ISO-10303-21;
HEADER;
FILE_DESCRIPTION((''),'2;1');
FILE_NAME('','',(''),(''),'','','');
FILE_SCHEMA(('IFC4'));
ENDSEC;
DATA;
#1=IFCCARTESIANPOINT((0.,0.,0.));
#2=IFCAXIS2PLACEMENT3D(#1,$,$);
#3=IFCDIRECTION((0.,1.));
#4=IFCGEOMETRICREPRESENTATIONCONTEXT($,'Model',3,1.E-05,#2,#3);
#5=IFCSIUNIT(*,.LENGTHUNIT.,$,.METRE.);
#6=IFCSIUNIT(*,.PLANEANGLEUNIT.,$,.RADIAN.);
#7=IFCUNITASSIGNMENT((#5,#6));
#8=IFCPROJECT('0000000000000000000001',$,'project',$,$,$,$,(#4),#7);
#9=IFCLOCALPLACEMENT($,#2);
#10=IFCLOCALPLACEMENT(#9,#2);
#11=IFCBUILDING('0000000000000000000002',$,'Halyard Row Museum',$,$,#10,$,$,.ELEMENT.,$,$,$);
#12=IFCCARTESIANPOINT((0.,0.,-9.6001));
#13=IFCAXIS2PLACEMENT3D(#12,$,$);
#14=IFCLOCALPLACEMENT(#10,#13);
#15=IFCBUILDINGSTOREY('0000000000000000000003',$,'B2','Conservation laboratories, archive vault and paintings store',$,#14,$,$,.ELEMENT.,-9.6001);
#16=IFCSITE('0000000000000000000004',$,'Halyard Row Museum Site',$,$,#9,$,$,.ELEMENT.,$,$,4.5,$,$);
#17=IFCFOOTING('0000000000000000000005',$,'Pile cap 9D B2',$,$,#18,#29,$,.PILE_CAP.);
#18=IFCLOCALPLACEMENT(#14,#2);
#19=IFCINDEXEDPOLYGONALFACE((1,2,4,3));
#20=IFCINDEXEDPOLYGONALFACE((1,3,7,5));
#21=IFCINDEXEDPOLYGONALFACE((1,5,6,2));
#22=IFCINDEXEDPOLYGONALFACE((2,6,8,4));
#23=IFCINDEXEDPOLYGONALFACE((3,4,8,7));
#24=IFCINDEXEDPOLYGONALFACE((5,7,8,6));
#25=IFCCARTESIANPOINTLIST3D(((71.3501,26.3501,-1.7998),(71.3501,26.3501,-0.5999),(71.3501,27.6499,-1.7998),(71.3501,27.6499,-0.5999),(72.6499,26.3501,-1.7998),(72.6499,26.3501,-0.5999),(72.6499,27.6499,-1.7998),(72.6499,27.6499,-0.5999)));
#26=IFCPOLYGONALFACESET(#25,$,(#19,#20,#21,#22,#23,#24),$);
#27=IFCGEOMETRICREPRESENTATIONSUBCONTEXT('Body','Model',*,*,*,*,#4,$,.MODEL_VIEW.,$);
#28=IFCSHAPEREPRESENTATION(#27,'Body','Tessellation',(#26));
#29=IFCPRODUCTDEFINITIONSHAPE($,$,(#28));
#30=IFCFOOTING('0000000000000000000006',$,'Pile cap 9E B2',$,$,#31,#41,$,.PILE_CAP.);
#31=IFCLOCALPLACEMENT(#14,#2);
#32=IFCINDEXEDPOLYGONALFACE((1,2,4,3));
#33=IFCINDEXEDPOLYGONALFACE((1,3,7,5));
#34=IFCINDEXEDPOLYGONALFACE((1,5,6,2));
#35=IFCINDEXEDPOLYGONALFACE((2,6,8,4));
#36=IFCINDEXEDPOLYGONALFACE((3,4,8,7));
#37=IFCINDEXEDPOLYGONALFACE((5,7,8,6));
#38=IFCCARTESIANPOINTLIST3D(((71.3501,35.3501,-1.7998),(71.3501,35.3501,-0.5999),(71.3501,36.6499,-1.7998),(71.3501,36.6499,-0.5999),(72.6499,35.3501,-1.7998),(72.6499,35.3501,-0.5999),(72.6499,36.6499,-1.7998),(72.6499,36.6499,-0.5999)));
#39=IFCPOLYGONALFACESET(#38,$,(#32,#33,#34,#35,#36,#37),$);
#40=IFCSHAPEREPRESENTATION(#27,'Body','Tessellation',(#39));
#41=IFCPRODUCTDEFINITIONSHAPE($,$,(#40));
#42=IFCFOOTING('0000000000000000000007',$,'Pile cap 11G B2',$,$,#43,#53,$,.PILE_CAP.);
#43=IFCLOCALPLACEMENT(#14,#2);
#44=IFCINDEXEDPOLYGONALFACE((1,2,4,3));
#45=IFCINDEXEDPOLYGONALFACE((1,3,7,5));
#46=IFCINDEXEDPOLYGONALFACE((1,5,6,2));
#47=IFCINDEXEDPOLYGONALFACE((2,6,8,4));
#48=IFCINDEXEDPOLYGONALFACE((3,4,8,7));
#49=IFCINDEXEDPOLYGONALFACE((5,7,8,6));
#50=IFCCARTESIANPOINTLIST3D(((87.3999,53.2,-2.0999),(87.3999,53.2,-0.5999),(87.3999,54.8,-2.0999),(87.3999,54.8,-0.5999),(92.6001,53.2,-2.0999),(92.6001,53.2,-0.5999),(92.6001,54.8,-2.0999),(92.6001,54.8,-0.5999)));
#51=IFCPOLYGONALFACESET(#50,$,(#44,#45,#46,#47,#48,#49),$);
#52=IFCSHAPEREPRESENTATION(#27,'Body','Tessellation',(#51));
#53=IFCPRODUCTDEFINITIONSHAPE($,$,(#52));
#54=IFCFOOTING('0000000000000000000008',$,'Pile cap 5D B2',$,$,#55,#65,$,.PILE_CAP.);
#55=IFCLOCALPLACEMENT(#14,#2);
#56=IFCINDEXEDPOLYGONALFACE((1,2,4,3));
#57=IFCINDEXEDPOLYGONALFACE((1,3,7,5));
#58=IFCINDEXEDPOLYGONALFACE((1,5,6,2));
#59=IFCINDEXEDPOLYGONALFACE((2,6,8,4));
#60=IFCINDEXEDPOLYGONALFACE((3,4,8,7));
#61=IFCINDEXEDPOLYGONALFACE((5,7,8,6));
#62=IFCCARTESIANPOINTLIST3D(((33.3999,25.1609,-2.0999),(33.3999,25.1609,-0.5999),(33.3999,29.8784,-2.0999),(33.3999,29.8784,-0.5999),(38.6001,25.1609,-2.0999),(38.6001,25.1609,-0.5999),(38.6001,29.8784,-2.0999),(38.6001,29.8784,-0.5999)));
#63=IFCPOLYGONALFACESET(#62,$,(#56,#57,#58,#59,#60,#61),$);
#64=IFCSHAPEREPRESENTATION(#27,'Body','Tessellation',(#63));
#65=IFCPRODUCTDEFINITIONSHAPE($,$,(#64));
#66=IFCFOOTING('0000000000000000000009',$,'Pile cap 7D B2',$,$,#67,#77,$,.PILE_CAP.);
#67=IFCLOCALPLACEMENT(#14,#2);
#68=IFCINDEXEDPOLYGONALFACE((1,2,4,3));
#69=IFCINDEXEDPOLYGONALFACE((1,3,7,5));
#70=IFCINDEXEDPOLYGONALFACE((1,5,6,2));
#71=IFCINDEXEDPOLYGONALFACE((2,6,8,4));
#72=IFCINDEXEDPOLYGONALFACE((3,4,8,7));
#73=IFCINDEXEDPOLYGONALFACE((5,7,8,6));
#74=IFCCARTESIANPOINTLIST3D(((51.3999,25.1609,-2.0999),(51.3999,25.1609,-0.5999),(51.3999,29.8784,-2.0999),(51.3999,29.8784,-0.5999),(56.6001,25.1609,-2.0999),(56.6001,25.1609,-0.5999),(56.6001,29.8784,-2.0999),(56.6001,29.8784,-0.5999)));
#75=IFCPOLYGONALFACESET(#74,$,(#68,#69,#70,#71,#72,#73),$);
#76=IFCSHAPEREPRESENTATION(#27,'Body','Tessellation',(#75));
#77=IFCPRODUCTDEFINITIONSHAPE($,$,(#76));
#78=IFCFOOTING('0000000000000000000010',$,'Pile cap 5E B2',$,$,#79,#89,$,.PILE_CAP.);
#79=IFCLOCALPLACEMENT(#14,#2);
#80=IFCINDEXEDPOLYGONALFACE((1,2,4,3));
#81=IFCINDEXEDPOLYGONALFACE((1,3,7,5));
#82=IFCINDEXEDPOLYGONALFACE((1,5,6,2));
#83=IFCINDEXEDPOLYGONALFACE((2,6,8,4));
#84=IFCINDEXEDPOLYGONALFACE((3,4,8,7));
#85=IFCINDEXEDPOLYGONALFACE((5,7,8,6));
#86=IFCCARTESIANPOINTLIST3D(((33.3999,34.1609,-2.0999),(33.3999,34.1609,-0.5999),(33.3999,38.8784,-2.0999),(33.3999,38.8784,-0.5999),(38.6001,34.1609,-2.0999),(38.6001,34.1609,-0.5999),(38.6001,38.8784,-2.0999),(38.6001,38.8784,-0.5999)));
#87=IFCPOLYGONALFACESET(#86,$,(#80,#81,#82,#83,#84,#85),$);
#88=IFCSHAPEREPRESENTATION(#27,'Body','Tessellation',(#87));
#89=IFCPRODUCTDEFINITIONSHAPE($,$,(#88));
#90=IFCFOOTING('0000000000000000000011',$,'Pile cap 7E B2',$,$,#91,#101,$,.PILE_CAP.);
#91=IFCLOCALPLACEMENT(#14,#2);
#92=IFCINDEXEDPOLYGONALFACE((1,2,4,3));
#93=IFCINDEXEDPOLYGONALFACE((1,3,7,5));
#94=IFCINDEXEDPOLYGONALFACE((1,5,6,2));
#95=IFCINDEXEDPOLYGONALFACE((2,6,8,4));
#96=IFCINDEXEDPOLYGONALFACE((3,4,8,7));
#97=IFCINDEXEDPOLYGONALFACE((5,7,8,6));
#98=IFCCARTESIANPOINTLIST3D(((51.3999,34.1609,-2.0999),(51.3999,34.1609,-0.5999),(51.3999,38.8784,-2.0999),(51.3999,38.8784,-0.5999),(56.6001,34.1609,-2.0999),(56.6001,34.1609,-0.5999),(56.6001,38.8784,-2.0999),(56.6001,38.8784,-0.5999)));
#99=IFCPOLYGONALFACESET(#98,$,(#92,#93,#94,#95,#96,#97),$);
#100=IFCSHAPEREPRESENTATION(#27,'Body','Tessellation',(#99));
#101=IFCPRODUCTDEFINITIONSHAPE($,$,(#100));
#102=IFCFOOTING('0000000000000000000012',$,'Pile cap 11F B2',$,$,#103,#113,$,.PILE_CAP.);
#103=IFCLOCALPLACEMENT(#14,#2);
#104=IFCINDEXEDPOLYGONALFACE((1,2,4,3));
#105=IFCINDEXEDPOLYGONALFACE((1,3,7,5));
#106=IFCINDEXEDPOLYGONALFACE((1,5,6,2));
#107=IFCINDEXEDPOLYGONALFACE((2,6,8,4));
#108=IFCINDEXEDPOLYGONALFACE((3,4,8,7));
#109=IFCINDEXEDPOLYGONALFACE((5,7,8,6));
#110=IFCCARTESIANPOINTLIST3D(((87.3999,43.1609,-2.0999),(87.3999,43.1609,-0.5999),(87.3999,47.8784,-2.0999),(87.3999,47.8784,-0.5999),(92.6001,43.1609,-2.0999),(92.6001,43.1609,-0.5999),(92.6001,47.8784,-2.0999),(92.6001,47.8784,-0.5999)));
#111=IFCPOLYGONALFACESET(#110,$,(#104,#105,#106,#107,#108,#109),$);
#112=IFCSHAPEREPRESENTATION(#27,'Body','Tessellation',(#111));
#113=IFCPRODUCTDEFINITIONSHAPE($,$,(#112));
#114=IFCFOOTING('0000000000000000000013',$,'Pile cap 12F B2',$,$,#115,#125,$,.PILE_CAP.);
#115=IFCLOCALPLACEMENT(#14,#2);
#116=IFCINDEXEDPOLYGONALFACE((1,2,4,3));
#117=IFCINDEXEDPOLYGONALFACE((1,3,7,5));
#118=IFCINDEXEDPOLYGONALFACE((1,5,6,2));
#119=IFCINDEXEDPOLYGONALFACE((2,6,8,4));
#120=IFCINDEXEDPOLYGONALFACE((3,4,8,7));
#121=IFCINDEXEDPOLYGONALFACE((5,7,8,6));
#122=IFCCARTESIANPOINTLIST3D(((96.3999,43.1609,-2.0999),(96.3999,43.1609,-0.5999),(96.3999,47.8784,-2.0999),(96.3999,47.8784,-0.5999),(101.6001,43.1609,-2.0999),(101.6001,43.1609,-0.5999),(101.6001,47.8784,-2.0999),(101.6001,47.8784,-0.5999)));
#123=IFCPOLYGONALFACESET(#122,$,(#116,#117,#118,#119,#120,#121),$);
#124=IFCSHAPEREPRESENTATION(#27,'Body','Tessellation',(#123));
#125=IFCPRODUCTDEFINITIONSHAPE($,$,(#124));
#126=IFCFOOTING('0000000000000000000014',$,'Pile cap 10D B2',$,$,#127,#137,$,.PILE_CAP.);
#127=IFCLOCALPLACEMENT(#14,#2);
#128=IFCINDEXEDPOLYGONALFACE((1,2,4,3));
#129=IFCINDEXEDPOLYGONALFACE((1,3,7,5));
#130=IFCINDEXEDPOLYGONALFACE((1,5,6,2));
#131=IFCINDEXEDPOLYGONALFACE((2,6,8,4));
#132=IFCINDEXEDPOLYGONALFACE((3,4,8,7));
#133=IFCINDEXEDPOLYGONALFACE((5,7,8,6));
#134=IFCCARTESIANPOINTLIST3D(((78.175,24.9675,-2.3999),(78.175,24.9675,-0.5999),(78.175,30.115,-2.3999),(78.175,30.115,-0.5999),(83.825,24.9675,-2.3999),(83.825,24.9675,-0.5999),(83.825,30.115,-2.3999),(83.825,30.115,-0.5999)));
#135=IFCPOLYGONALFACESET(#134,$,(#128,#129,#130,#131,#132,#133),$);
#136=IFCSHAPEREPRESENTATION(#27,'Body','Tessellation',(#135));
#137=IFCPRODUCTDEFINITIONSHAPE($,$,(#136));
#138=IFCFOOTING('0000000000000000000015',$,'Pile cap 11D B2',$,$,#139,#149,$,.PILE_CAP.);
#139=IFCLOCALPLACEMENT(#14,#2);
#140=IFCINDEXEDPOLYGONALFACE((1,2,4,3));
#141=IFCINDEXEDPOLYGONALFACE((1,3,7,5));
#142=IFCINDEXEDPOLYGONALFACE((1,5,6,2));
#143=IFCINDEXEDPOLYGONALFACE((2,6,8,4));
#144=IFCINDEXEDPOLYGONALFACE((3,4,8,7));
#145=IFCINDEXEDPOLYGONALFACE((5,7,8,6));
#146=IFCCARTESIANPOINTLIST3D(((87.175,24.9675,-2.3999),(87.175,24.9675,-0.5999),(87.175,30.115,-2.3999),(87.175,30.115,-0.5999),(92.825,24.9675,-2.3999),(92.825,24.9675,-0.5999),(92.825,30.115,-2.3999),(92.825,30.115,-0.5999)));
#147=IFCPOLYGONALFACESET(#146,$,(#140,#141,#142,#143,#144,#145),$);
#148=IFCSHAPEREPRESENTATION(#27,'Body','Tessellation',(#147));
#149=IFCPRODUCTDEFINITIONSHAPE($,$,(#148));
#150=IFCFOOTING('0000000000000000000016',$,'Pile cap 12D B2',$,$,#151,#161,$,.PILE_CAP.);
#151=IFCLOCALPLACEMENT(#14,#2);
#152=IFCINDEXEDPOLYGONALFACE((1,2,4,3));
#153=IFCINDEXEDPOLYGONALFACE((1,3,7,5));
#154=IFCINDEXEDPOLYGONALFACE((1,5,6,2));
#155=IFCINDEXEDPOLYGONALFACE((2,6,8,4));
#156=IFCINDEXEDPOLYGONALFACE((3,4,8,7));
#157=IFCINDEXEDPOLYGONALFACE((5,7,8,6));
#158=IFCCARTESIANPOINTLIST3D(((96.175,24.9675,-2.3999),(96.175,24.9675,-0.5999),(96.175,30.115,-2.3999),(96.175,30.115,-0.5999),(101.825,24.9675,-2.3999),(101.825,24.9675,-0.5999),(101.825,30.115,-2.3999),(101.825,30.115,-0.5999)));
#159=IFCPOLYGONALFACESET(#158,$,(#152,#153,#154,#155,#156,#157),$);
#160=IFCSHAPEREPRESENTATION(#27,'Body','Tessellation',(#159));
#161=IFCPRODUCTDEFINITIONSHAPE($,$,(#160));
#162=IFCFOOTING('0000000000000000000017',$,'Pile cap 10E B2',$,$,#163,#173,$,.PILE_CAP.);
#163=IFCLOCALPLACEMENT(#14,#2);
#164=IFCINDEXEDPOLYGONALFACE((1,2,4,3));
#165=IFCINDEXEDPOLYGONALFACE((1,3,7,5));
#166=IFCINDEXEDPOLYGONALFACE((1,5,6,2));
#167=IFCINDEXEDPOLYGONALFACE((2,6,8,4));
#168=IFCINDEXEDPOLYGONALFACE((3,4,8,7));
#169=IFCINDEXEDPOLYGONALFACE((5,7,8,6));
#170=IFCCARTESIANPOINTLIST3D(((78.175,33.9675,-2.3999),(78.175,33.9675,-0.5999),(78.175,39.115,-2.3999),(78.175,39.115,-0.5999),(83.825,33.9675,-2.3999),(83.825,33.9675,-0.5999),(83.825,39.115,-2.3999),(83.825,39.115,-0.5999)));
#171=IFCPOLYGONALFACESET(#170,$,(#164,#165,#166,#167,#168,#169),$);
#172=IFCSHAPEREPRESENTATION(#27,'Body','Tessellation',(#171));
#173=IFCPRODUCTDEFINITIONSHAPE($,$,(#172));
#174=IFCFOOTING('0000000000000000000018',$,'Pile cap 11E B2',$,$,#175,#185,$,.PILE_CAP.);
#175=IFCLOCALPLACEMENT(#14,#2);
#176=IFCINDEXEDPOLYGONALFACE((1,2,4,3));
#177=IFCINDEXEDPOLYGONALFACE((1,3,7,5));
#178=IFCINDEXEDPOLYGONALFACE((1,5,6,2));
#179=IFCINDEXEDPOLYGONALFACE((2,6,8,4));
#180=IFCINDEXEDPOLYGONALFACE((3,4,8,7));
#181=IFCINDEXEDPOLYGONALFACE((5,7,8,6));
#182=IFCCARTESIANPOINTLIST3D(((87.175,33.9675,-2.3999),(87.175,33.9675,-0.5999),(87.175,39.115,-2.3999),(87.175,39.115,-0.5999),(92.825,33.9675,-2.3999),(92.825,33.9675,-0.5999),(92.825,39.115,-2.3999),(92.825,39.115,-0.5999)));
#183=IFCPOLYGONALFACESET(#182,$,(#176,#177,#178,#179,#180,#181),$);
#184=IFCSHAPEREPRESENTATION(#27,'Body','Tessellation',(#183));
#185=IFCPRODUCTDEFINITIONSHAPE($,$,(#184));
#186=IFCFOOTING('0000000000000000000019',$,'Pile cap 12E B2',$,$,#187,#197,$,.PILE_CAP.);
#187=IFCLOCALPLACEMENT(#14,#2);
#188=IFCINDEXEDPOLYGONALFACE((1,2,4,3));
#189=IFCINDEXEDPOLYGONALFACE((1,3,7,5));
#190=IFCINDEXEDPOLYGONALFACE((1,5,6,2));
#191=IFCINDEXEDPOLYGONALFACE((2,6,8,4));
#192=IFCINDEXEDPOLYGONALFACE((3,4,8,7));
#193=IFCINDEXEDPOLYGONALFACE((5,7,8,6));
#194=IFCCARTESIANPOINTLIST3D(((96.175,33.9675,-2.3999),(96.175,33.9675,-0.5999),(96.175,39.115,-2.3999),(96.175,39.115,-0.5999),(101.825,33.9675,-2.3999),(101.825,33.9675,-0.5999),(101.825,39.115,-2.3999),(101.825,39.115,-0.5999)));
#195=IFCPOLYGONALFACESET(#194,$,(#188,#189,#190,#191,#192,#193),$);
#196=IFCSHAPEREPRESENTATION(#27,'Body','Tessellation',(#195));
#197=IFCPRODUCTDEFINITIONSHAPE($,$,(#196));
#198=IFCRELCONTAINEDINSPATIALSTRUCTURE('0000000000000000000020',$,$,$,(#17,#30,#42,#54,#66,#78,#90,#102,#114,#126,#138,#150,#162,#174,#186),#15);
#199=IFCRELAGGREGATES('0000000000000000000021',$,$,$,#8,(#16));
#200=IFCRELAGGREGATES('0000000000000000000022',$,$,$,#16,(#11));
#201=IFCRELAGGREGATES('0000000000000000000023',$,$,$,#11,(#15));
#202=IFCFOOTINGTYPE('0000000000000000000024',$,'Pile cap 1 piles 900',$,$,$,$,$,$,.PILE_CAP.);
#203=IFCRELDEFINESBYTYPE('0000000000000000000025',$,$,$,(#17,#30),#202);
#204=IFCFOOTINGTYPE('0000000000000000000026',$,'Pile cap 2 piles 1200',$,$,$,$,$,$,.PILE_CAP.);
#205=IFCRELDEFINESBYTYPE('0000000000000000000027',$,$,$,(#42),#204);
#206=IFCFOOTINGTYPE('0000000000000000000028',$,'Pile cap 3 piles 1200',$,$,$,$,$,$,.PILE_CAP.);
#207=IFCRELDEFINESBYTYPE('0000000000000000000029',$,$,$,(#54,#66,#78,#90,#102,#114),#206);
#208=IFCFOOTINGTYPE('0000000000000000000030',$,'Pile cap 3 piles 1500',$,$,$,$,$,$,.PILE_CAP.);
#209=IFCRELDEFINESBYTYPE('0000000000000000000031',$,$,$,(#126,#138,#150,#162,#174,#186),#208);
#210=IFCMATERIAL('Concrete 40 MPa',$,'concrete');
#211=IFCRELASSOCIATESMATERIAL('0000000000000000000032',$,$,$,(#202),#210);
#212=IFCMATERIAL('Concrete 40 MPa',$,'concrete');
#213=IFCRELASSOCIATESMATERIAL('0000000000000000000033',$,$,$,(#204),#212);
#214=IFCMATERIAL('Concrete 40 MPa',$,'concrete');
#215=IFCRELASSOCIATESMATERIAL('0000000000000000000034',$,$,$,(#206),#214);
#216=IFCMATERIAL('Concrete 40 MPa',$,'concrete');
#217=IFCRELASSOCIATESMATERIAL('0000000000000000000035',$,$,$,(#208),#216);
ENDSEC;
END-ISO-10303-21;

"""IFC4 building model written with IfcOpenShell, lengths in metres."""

from ifc_helpers import new_model, si_unit, direction, frame, origin, place, context, subcontext, project, spatial, polyline, outline, extrude, material, type_object, element, save


model = new_model("IFC4")

# Units and contexts
model_context = context("Model", 3, precision=1e-05, world=origin(), true_north=direction((0.0, 1.0)))
body_context = subcontext(model_context, "Body", "Model", "MODEL_VIEW")
ifc_project = project(units=[si_unit("LENGTHUNIT", "METRE"), si_unit("PLANEANGLEUNIT", "RADIAN")], contexts=[model_context])

# Site, building, storey
site_placement = place(None, origin())
site = spatial("IfcSite", under=ifc_project, at=site_placement, Name="Halyard Row Museum Site", CompositionType="ELEMENT", RefElevation=4.5)
building_placement = place(site_placement, origin())
building = spatial("IfcBuilding", under=site, at=building_placement, Name="Halyard Row Museum", CompositionType="ELEMENT")
storey_placement = place(building_placement, frame((0.0, 0.0, -9.6001)))
storey = spatial("IfcBuildingStorey", under=building, at=storey_placement, Name="B2", Description="Conservation laboratories, archive vault and paintings store", CompositionType="ELEMENT", Elevation=-9.6001)

# Footings
ifc_material_1 = material(Name="Concrete 40 MPa", Category="concrete")
footing_type_1 = type_object("IfcFootingType", Name="Pile cap 1 piles 900", PredefinedType="PILE_CAP", material=ifc_material_1)
footing_1_placement = place(storey_placement, frame((0.0, 0.0, -1.7998)))
element("IfcFooting", 1, at=footing_1_placement, inside=storey, type_object=footing_type_1, Name="Pile cap 9D B2", PredefinedType="PILE_CAP", context=body_context, shape_type="SweptSolid", body=[
    extrude(outline(polyline([(71.3501, 26.3501), (72.6499, 26.3501), (72.6499, 27.6499), (71.3501, 27.6499), (71.3501, 26.3501)])), origin(), (0.0, 0.0, 1.0), 1.2),
])
footing_2_placement = place(storey_placement, frame((0.0, 0.0, -1.7998)))
element("IfcFooting", 2, at=footing_2_placement, inside=storey, type_object=footing_type_1, Name="Pile cap 9E B2", PredefinedType="PILE_CAP", context=body_context, shape_type="SweptSolid", body=[
    extrude(outline(polyline([(71.3501, 35.3501), (72.6499, 35.3501), (72.6499, 36.6499), (71.3501, 36.6499), (71.3501, 35.3501)])), origin(), (0.0, 0.0, 1.0), 1.2),
])
ifc_material_2 = material(Name="Concrete 40 MPa", Category="concrete")
footing_type_2 = type_object("IfcFootingType", Name="Pile cap 2 piles 1200", PredefinedType="PILE_CAP", material=ifc_material_2)
footing_3_placement = place(storey_placement, frame((0.0, 0.0, -2.0999)))
element("IfcFooting", 3, at=footing_3_placement, inside=storey, type_object=footing_type_2, Name="Pile cap 11G B2", PredefinedType="PILE_CAP", context=body_context, shape_type="SweptSolid", body=[
    extrude(outline(polyline([(87.3999, 53.2), (92.6001, 53.2), (92.6001, 54.8), (87.3999, 54.8), (87.3999, 53.2)])), origin(), (0.0, 0.0, 1.0), 1.5),
])
ifc_material_3 = material(Name="Concrete 40 MPa", Category="concrete")
footing_type_3 = type_object("IfcFootingType", Name="Pile cap 3 piles 1200", PredefinedType="PILE_CAP", material=ifc_material_3)
footing_4_placement = place(storey_placement, frame((0.0, 0.0, -2.0999)))
element("IfcFooting", 4, at=footing_4_placement, inside=storey, type_object=footing_type_3, Name="Pile cap 5D B2", PredefinedType="PILE_CAP", context=body_context, shape_type="SweptSolid", body=[
    extrude(outline(polyline([(33.3999, 25.1609), (38.6001, 25.1609), (38.6001, 29.8784), (33.3999, 29.8784), (33.3999, 25.1609)])), origin(), (0.0, 0.0, 1.0), 1.5),
])
footing_5_placement = place(storey_placement, frame((0.0, 0.0, -2.0999)))
element("IfcFooting", 5, at=footing_5_placement, inside=storey, type_object=footing_type_3, Name="Pile cap 7D B2", PredefinedType="PILE_CAP", context=body_context, shape_type="SweptSolid", body=[
    extrude(outline(polyline([(51.3999, 25.1609), (56.6001, 25.1609), (56.6001, 29.8784), (51.3999, 29.8784), (51.3999, 25.1609)])), origin(), (0.0, 0.0, 1.0), 1.5),
])
footing_6_placement = place(storey_placement, frame((0.0, 0.0, -2.0999)))
element("IfcFooting", 6, at=footing_6_placement, inside=storey, type_object=footing_type_3, Name="Pile cap 5E B2", PredefinedType="PILE_CAP", context=body_context, shape_type="SweptSolid", body=[
    extrude(outline(polyline([(33.3999, 34.1609), (38.6001, 34.1609), (38.6001, 38.8784), (33.3999, 38.8784), (33.3999, 34.1609)])), origin(), (0.0, 0.0, 1.0), 1.5),
])
footing_7_placement = place(storey_placement, frame((0.0, 0.0, -2.0999)))
element("IfcFooting", 7, at=footing_7_placement, inside=storey, type_object=footing_type_3, Name="Pile cap 7E B2", PredefinedType="PILE_CAP", context=body_context, shape_type="SweptSolid", body=[
    extrude(outline(polyline([(51.3999, 34.1609), (56.6001, 34.1609), (56.6001, 38.8784), (51.3999, 38.8784), (51.3999, 34.1609)])), origin(), (0.0, 0.0, 1.0), 1.5),
])
footing_8_placement = place(storey_placement, frame((0.0, 0.0, -2.0999)))
element("IfcFooting", 8, at=footing_8_placement, inside=storey, type_object=footing_type_3, Name="Pile cap 11F B2", PredefinedType="PILE_CAP", context=body_context, shape_type="SweptSolid", body=[
    extrude(outline(polyline([(87.3999, 43.1609), (92.6001, 43.1609), (92.6001, 47.8784), (87.3999, 47.8784), (87.3999, 43.1609)])), origin(), (0.0, 0.0, 1.0), 1.5),
])
footing_9_placement = place(storey_placement, frame((0.0, 0.0, -2.0999)))
element("IfcFooting", 9, at=footing_9_placement, inside=storey, type_object=footing_type_3, Name="Pile cap 12F B2", PredefinedType="PILE_CAP", context=body_context, shape_type="SweptSolid", body=[
    extrude(outline(polyline([(96.3999, 43.1609), (101.6001, 43.1609), (101.6001, 47.8784), (96.3999, 47.8784), (96.3999, 43.1609)])), origin(), (0.0, 0.0, 1.0), 1.5),
])
ifc_material_4 = material(Name="Concrete 40 MPa", Category="concrete")
footing_type_4 = type_object("IfcFootingType", Name="Pile cap 3 piles 1500", PredefinedType="PILE_CAP", material=ifc_material_4)
footing_10_placement = place(storey_placement, frame((0.0, 0.0, -2.3999)))
element("IfcFooting", 10, at=footing_10_placement, inside=storey, type_object=footing_type_4, Name="Pile cap 10D B2", PredefinedType="PILE_CAP", context=body_context, shape_type="SweptSolid", body=[
    extrude(outline(polyline([(78.175, 24.9675), (83.825, 24.9675), (83.825, 30.115), (78.175, 30.115), (78.175, 24.9675)])), origin(), (0.0, 0.0, 1.0), 1.8),
])
footing_11_placement = place(storey_placement, frame((0.0, 0.0, -2.3999)))
element("IfcFooting", 11, at=footing_11_placement, inside=storey, type_object=footing_type_4, Name="Pile cap 11D B2", PredefinedType="PILE_CAP", context=body_context, shape_type="SweptSolid", body=[
    extrude(outline(polyline([(87.175, 24.9675), (92.825, 24.9675), (92.825, 30.115), (87.175, 30.115), (87.175, 24.9675)])), origin(), (0.0, 0.0, 1.0), 1.8),
])
footing_12_placement = place(storey_placement, frame((0.0, 0.0, -2.3999)))
element("IfcFooting", 12, at=footing_12_placement, inside=storey, type_object=footing_type_4, Name="Pile cap 12D B2", PredefinedType="PILE_CAP", context=body_context, shape_type="SweptSolid", body=[
    extrude(outline(polyline([(96.175, 24.9675), (101.825, 24.9675), (101.825, 30.115), (96.175, 30.115), (96.175, 24.9675)])), origin(), (0.0, 0.0, 1.0), 1.8),
])
footing_13_placement = place(storey_placement, frame((0.0, 0.0, -2.3999)))
element("IfcFooting", 13, at=footing_13_placement, inside=storey, type_object=footing_type_4, Name="Pile cap 10E B2", PredefinedType="PILE_CAP", context=body_context, shape_type="SweptSolid", body=[
    extrude(outline(polyline([(78.175, 33.9675), (83.825, 33.9675), (83.825, 39.115), (78.175, 39.115), (78.175, 33.9675)])), origin(), (0.0, 0.0, 1.0), 1.8),
])
footing_14_placement = place(storey_placement, frame((0.0, 0.0, -2.3999)))
element("IfcFooting", 14, at=footing_14_placement, inside=storey, type_object=footing_type_4, Name="Pile cap 11E B2", PredefinedType="PILE_CAP", context=body_context, shape_type="SweptSolid", body=[
    extrude(outline(polyline([(87.175, 33.9675), (92.825, 33.9675), (92.825, 39.115), (87.175, 39.115), (87.175, 33.9675)])), origin(), (0.0, 0.0, 1.0), 1.8),
])
footing_15_placement = place(storey_placement, frame((0.0, 0.0, -2.3999)))
element("IfcFooting", 15, at=footing_15_placement, inside=storey, type_object=footing_type_4, Name="Pile cap 12E B2", PredefinedType="PILE_CAP", context=body_context, shape_type="SweptSolid", body=[
    extrude(outline(polyline([(96.175, 33.9675), (101.825, 33.9675), (101.825, 39.115), (96.175, 39.115), (96.175, 33.9675)])), origin(), (0.0, 0.0, 1.0), 1.8),
])

save(model, "model.ifc")
